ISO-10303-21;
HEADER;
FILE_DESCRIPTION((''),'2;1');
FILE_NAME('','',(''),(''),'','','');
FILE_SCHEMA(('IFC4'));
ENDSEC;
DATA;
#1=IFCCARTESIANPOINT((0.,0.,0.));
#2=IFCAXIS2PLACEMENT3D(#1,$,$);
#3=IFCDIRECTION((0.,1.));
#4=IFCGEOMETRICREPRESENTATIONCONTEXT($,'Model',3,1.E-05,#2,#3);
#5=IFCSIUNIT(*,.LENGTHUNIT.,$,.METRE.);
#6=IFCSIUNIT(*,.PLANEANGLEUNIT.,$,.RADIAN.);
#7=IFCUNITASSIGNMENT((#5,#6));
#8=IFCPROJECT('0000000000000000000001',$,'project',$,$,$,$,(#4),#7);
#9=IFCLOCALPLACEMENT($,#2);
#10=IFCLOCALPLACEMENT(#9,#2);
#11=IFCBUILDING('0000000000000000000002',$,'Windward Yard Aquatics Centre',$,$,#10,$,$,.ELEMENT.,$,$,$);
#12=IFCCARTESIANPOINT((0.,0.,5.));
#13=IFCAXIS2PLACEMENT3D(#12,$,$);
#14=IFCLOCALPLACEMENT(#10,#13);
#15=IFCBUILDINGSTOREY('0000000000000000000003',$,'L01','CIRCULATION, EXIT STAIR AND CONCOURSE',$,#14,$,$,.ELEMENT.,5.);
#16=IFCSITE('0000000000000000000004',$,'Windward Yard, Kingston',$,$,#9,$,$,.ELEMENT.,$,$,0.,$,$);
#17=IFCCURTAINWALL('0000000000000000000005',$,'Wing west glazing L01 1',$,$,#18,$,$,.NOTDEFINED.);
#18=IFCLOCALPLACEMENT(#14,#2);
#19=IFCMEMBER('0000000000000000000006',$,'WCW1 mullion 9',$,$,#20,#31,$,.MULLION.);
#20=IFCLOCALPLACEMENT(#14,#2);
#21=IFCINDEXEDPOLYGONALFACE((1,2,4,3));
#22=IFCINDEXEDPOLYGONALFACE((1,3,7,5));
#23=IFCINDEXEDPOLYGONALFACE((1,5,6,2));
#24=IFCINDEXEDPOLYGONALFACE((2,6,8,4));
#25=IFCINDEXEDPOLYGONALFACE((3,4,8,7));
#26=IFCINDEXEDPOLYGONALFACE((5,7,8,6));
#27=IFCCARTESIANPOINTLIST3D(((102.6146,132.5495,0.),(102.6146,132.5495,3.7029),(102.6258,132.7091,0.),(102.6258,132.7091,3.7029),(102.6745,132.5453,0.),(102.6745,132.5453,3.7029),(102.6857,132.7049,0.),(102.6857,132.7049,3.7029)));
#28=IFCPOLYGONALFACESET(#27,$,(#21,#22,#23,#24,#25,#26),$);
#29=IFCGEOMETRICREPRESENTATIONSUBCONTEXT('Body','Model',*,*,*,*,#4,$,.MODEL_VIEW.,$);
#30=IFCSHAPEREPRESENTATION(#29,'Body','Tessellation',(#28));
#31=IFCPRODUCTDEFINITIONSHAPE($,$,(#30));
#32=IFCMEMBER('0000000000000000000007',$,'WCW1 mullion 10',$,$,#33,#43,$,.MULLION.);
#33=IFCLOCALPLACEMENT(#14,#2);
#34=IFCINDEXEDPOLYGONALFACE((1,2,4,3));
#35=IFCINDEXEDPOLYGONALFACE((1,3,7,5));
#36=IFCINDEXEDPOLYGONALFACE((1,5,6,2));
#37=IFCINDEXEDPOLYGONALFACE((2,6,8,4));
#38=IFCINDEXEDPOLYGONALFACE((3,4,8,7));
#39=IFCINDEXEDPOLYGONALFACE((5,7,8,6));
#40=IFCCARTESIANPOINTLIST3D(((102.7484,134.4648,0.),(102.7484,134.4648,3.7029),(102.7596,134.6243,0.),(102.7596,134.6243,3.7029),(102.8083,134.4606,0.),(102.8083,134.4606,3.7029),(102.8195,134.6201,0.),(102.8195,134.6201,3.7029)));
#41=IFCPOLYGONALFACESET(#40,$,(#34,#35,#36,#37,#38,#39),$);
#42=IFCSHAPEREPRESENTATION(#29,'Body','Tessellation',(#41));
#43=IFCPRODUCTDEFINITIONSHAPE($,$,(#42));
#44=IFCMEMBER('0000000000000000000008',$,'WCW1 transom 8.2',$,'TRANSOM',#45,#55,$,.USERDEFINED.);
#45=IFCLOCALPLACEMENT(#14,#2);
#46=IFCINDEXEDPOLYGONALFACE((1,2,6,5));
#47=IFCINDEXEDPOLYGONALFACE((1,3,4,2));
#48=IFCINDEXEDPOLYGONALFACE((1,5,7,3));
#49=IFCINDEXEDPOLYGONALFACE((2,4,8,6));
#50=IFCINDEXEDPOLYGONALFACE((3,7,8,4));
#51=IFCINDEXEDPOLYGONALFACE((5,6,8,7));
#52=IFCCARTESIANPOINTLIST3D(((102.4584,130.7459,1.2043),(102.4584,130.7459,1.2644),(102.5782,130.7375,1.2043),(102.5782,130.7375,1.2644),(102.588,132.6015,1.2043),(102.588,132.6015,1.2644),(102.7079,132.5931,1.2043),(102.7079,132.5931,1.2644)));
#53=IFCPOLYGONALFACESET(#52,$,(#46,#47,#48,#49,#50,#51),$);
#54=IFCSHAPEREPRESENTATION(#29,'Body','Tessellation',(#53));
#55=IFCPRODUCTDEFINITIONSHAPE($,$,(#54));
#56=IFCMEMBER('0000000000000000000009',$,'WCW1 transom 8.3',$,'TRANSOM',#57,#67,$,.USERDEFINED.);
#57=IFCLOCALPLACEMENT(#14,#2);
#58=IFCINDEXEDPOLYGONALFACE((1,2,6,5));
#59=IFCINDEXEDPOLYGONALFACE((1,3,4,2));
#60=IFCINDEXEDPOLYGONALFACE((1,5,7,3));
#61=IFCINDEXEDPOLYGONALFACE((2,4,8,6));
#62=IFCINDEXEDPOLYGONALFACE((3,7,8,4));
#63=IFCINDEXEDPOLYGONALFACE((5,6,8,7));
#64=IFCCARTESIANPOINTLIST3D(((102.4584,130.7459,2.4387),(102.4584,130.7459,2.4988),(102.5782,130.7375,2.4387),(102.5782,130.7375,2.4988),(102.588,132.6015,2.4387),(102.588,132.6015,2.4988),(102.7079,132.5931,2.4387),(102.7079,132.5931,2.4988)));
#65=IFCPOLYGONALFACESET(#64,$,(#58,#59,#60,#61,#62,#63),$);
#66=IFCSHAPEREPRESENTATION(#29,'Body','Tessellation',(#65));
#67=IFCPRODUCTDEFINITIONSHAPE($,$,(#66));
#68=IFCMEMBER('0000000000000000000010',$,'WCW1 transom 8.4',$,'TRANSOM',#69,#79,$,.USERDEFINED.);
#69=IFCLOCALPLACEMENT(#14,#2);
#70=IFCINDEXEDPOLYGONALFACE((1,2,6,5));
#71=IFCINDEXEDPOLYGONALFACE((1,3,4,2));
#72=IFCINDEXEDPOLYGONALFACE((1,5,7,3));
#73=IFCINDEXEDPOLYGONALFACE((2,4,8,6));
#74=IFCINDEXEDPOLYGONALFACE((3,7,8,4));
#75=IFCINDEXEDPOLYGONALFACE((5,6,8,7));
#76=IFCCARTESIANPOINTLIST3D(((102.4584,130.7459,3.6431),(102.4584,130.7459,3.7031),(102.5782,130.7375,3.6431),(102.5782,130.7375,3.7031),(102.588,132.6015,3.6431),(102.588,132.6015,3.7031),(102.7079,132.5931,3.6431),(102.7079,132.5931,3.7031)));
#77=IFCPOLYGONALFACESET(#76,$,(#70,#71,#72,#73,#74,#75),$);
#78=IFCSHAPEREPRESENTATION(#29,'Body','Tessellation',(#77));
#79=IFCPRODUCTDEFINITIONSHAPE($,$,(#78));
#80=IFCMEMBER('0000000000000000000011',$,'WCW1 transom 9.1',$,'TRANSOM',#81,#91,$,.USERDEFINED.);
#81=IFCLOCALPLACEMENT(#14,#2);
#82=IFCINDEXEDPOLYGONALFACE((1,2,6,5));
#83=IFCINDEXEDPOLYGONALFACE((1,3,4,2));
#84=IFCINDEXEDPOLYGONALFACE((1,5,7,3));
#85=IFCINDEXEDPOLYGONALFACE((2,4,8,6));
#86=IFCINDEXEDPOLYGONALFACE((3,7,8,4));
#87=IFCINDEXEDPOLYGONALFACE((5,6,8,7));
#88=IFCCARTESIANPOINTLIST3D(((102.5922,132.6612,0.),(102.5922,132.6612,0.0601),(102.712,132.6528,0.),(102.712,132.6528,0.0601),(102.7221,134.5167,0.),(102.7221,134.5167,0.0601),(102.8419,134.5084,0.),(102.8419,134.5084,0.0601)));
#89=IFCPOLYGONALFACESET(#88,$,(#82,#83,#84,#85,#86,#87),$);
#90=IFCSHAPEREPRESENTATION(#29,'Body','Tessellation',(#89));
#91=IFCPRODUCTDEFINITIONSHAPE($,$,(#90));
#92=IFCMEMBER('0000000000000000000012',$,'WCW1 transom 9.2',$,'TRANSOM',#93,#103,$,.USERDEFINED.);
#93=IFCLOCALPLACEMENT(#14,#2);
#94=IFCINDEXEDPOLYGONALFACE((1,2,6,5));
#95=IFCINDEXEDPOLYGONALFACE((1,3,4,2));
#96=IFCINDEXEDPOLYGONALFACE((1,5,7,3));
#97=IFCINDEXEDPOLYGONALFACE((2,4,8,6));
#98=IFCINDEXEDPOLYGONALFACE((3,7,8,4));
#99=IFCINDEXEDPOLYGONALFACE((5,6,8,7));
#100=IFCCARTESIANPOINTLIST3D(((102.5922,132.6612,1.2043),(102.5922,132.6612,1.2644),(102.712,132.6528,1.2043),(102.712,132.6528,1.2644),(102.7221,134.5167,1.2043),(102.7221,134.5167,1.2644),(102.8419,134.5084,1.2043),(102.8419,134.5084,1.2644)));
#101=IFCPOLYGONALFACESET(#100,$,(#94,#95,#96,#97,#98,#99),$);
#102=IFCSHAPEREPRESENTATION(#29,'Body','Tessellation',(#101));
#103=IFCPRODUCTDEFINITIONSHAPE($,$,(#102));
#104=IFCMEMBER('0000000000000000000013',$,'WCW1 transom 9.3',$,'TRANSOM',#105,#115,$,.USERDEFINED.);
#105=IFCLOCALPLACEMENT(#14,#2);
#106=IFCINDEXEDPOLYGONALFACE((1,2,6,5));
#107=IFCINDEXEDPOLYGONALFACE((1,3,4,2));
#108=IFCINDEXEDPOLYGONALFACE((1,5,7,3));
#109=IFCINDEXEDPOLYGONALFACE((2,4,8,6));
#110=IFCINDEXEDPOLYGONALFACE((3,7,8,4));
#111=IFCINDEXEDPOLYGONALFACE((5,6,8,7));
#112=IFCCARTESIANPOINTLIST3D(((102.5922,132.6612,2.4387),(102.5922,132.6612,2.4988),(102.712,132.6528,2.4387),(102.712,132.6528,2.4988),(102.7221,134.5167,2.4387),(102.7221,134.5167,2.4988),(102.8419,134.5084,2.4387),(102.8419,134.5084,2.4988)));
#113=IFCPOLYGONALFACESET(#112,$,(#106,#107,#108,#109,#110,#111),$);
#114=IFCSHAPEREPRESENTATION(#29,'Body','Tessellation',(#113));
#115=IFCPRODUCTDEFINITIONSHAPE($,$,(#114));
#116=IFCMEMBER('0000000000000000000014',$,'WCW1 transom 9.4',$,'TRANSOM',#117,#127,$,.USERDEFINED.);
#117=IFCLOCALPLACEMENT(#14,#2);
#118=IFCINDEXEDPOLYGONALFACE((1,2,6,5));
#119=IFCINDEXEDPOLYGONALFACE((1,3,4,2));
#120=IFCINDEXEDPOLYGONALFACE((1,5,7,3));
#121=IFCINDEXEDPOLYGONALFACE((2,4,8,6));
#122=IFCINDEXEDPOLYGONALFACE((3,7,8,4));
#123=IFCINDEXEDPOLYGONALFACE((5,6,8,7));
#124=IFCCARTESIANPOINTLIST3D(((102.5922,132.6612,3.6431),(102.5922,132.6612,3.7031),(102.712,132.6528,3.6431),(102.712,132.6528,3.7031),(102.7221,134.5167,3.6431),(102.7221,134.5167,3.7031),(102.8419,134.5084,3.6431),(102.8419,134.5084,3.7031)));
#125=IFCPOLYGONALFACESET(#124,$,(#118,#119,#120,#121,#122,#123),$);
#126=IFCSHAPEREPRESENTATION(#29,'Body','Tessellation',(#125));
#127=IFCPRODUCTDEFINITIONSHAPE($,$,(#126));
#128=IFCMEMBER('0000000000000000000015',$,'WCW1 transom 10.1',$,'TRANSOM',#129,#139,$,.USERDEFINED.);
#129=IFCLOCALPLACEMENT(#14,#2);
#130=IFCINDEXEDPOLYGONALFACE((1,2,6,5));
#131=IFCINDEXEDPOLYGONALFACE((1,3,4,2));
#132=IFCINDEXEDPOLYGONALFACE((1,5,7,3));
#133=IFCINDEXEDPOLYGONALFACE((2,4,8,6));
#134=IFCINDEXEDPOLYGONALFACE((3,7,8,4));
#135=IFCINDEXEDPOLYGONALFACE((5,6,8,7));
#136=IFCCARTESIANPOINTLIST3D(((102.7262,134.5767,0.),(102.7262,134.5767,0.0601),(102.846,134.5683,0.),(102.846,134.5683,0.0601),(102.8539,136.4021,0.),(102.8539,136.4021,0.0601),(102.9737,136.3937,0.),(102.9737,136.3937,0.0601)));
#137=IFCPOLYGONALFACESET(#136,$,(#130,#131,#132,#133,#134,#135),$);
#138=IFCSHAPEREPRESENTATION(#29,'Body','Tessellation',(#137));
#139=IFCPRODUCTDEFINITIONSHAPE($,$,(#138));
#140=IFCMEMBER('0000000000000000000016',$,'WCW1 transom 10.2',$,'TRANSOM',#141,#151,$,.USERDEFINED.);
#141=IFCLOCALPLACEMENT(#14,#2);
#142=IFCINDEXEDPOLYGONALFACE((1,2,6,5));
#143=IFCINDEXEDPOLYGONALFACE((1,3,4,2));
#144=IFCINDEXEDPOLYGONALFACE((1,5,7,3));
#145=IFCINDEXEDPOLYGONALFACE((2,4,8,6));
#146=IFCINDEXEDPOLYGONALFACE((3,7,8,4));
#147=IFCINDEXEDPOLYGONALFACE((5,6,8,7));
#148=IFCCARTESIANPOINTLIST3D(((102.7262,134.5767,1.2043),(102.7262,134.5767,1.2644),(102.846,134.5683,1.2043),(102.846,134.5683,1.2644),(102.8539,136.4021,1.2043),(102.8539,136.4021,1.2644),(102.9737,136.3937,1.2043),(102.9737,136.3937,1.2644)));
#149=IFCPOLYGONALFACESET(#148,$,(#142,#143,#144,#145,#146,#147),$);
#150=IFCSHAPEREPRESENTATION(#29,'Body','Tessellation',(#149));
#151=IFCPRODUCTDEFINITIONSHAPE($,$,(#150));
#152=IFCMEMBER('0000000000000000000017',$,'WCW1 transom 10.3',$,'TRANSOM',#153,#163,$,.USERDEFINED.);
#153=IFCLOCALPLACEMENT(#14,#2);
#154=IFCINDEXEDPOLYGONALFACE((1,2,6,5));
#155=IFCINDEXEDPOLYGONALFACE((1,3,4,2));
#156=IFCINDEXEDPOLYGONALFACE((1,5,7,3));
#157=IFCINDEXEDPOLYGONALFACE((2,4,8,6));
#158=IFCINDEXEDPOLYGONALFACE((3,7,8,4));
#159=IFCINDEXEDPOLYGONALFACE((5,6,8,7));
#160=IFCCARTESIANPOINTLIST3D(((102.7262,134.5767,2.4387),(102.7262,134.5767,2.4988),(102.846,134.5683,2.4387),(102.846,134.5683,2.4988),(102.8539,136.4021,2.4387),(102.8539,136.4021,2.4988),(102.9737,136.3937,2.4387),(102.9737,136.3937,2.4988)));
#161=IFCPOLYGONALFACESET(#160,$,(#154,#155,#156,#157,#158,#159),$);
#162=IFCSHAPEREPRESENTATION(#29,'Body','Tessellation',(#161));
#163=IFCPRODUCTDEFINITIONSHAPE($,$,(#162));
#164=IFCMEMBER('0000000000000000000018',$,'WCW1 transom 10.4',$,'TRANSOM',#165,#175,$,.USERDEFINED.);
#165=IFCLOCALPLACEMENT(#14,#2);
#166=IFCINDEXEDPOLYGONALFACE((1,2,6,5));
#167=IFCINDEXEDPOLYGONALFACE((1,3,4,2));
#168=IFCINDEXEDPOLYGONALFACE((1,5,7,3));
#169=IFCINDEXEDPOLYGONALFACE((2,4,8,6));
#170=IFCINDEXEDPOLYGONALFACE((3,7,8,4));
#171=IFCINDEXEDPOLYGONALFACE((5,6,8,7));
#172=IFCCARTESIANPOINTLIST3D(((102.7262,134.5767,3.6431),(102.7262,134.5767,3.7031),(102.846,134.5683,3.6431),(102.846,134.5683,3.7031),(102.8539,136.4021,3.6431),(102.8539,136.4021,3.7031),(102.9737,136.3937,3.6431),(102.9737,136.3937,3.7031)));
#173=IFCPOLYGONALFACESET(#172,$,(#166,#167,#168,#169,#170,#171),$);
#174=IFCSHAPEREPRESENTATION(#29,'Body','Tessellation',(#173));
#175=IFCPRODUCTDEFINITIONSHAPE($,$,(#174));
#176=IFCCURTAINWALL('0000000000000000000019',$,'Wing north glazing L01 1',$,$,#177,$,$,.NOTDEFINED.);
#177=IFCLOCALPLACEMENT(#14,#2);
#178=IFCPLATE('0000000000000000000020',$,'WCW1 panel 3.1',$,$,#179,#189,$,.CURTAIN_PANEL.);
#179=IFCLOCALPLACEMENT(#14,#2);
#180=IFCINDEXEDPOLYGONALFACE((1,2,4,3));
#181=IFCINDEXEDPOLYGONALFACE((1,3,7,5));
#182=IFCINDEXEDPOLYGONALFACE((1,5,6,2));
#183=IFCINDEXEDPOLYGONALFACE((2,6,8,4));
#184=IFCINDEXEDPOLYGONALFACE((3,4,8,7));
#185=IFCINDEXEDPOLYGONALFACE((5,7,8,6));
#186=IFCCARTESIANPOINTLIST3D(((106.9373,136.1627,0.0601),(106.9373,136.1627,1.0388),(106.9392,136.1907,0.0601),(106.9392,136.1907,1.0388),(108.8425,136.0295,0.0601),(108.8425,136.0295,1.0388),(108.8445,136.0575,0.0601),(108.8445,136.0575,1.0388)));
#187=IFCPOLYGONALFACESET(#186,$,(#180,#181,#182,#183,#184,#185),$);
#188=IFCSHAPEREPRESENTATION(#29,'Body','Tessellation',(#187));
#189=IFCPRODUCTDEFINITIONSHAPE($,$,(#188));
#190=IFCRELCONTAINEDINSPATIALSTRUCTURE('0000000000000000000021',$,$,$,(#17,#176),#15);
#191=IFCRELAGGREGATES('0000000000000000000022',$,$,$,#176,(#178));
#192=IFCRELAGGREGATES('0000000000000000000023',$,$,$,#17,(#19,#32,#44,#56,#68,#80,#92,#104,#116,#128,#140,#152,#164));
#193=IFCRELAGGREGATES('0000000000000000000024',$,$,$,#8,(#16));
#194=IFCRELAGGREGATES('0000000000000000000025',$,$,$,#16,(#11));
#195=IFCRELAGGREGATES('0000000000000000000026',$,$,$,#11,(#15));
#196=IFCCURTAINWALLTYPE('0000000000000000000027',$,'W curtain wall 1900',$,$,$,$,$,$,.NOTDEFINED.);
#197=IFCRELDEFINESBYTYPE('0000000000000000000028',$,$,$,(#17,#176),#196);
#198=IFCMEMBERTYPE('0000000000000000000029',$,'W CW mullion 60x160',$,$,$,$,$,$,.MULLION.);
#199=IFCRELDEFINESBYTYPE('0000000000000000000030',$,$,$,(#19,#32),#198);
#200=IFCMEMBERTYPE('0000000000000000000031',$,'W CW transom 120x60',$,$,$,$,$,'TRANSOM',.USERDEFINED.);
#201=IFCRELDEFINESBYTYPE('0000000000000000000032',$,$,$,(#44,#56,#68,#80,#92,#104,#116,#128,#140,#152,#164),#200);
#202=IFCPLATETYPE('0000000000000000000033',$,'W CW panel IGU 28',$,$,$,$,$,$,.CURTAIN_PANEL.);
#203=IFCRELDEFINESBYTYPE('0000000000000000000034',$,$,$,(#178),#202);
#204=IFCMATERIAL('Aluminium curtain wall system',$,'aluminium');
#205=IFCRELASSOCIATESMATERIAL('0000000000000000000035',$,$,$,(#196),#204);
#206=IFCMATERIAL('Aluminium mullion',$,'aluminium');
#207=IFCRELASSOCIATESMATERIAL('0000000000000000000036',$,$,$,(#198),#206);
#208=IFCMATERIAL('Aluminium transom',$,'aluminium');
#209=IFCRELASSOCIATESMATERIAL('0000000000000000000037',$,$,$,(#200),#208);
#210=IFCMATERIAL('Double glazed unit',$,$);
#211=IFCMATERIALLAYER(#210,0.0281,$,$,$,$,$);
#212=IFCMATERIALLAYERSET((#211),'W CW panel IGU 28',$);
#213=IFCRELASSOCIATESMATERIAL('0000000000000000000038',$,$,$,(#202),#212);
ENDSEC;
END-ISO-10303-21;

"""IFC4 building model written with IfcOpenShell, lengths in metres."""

from ifc_helpers import new_model, si_unit, direction, frame, origin, origin_2d, place, context, subcontext, project, spatial, rectangle, extrude, material, layer, layer_set, material_profile, profile_set, type_object, element, aggregate, save


model = new_model("IFC4")

# Units and contexts
model_context = context("Model", 3, precision=1e-05, world=origin(), true_north=direction((0.0, 1.0)))
body_context = subcontext(model_context, "Body", "Model", "MODEL_VIEW")
ifc_project = project(units=[si_unit("LENGTHUNIT", "METRE"), si_unit("PLANEANGLEUNIT", "RADIAN")], contexts=[model_context])

# Site, building, storey
site_placement = place(None, origin())
site = spatial("IfcSite", under=ifc_project, at=site_placement, Name="Windward Yard, Kingston", CompositionType="ELEMENT", RefElevation=0.0)
building_placement = place(site_placement, origin())
building = spatial("IfcBuilding", under=site, at=building_placement, Name="Windward Yard Aquatics Centre", CompositionType="ELEMENT")
storey_placement = place(building_placement, frame((0.0, 0.0, 5.0)))
storey = spatial("IfcBuildingStorey", under=building, at=storey_placement, Name="L01", Description="CIRCULATION, EXIT STAIR AND CONCOURSE", CompositionType="ELEMENT", Elevation=5.0)

# Curtain wall, members
ifc_material_1 = material(Name="Aluminium curtain wall system", Category="aluminium")
curtain_wall_type = type_object("IfcCurtainWallType", Name="W curtain wall 1900", PredefinedType="NOTDEFINED", material=ifc_material_1)
curtain_wall_1_placement = place(storey_placement, origin())
curtain_wall_1 = element("IfcCurtainWall", 1, at=curtain_wall_1_placement, inside=storey, type_object=curtain_wall_type, Name="Wing west glazing L01 1", PredefinedType="NOTDEFINED")
ifc_material_2 = material(Name="Aluminium mullion", Category="aluminium")
ifc_material_profile_1 = material_profile(ifc_material_2, rectangle(XDim=0.0601, YDim=0.1599, at=origin_2d()), Name="AL 60x160")
ifc_profile_set_1 = profile_set([ifc_material_profile_1], Name="Aluminium mullion")
member_type_1 = type_object("IfcMemberType", Name="W CW mullion 60x160", PredefinedType="MULLION", material=ifc_profile_set_1)
member_1_placement = place(storey_placement, frame((102.6501, 132.6272, 0.0), z_axis=(0.0, 0.0, 1.0), x_axis=(-0.997564, 0.069755, 0.0)))
member_1 = element("IfcMember", 2, at=member_1_placement, type_object=member_type_1, Name="WCW1 mullion 9", PredefinedType="MULLION", context=body_context, shape_type="SweptSolid", body=[
    extrude(rectangle(XDim=0.0601, YDim=0.1599, at=origin_2d()), origin(), (0.0, 0.0, 1.0), 3.7029),
])
member_2_placement = place(storey_placement, frame((102.7839, 134.5425, 0.0), z_axis=(0.0, 0.0, 1.0), x_axis=(-0.997564, 0.069755, 0.0)))
member_2 = element("IfcMember", 3, at=member_2_placement, type_object=member_type_1, Name="WCW1 mullion 10", PredefinedType="MULLION", context=body_context, shape_type="SweptSolid", body=[
    extrude(rectangle(XDim=0.0601, YDim=0.1599, at=origin_2d()), origin(), (0.0, 0.0, 1.0), 3.7029),
])
ifc_material_3 = material(Name="Aluminium transom", Category="aluminium")
ifc_material_profile_2 = material_profile(ifc_material_3, rectangle(XDim=0.1201, YDim=0.0601, at=origin_2d()), Name="AL 120x60")
ifc_profile_set_2 = profile_set([ifc_material_profile_2], Name="Aluminium transom")
member_type_2 = type_object("IfcMemberType", Name="W CW transom 120x60", ElementType="TRANSOM", PredefinedType="USERDEFINED", material=ifc_profile_set_2)
member_3_placement = place(storey_placement, frame((102.5183, 130.7417, 1.2344), z_axis=(0.069699, 0.997568, 0.0), x_axis=(-0.997568, 0.069699, 0.0)))
member_3 = element("IfcMember", 4, at=member_3_placement, type_object=member_type_2, Name="WCW1 transom 8.2", ObjectType="TRANSOM", PredefinedType="USERDEFINED", context=body_context, shape_type="SweptSolid", body=[
    extrude(rectangle(XDim=0.1201, YDim=0.0601, at=origin_2d()), origin(), (0.0, 0.0, 1.0), 1.8601),
])
member_4_placement = place(storey_placement, frame((102.5183, 130.7417, 2.4688), z_axis=(0.069699, 0.997568, 0.0), x_axis=(-0.997568, 0.069699, 0.0)))
member_4 = element("IfcMember", 5, at=member_4_placement, type_object=member_type_2, Name="WCW1 transom 8.3", ObjectType="TRANSOM", PredefinedType="USERDEFINED", context=body_context, shape_type="SweptSolid", body=[
    extrude(rectangle(XDim=0.1201, YDim=0.0601, at=origin_2d()), origin(), (0.0, 0.0, 1.0), 1.8601),
])
member_5_placement = place(storey_placement, frame((102.5183, 130.7417, 3.6731), z_axis=(0.069699, 0.997568, 0.0), x_axis=(-0.997568, 0.069699, 0.0)))
member_5 = element("IfcMember", 6, at=member_5_placement, type_object=member_type_2, Name="WCW1 transom 8.4", ObjectType="TRANSOM", PredefinedType="USERDEFINED", context=body_context, shape_type="SweptSolid", body=[
    extrude(rectangle(XDim=0.1201, YDim=0.0601, at=origin_2d()), origin(), (0.0, 0.0, 1.0), 1.8601),
])
member_6_placement = place(storey_placement, frame((102.6521, 132.657, 0.03), z_axis=(0.069829, 0.997559, 0.0), x_axis=(-0.997559, 0.069829, 0.0)))
member_6 = element("IfcMember", 7, at=member_6_placement, type_object=member_type_2, Name="WCW1 transom 9.1", ObjectType="TRANSOM", PredefinedType="USERDEFINED", context=body_context, shape_type="SweptSolid", body=[
    extrude(rectangle(XDim=0.1201, YDim=0.0601, at=origin_2d()), origin(), (0.0, 0.0, 1.0), 1.8601),
])
member_7_placement = place(storey_placement, frame((102.6521, 132.657, 1.2344), z_axis=(0.069829, 0.997559, 0.0), x_axis=(-0.997559, 0.069829, 0.0)))
member_7 = element("IfcMember", 8, at=member_7_placement, type_object=member_type_2, Name="WCW1 transom 9.2", ObjectType="TRANSOM", PredefinedType="USERDEFINED", context=body_context, shape_type="SweptSolid", body=[
    extrude(rectangle(XDim=0.1201, YDim=0.0601, at=origin_2d()), origin(), (0.0, 0.0, 1.0), 1.8601),
])
member_8_placement = place(storey_placement, frame((102.6521, 132.657, 2.4688), z_axis=(0.069829, 0.997559, 0.0), x_axis=(-0.997559, 0.069829, 0.0)))
member_8 = element("IfcMember", 9, at=member_8_placement, type_object=member_type_2, Name="WCW1 transom 9.3", ObjectType="TRANSOM", PredefinedType="USERDEFINED", context=body_context, shape_type="SweptSolid", body=[
    extrude(rectangle(XDim=0.1201, YDim=0.0601, at=origin_2d()), origin(), (0.0, 0.0, 1.0), 1.8601),
])
member_9_placement = place(storey_placement, frame((102.6521, 132.657, 3.6731), z_axis=(0.069829, 0.997559, 0.0), x_axis=(-0.997559, 0.069829, 0.0)))
member_9 = element("IfcMember", 10, at=member_9_placement, type_object=member_type_2, Name="WCW1 transom 9.4", ObjectType="TRANSOM", PredefinedType="USERDEFINED", context=body_context, shape_type="SweptSolid", body=[
    extrude(rectangle(XDim=0.1201, YDim=0.0601, at=origin_2d()), origin(), (0.0, 0.0, 1.0), 1.8601),
])
member_10_placement = place(storey_placement, frame((102.7861, 134.5725, 0.03), z_axis=(0.069777, 0.997563, 0.0), x_axis=(-0.997563, 0.069777, 0.0)))
member_10 = element("IfcMember", 11, at=member_10_placement, type_object=member_type_2, Name="WCW1 transom 10.1", ObjectType="TRANSOM", PredefinedType="USERDEFINED", context=body_context, shape_type="SweptSolid", body=[
    extrude(rectangle(XDim=0.1201, YDim=0.0601, at=origin_2d()), origin(), (0.0, 0.0, 1.0), 1.8298),
])
member_11_placement = place(storey_placement, frame((102.7861, 134.5725, 1.2344), z_axis=(0.069777, 0.997563, 0.0), x_axis=(-0.997563, 0.069777, 0.0)))
member_11 = element("IfcMember", 12, at=member_11_placement, type_object=member_type_2, Name="WCW1 transom 10.2", ObjectType="TRANSOM", PredefinedType="USERDEFINED", context=body_context, shape_type="SweptSolid", body=[
    extrude(rectangle(XDim=0.1201, YDim=0.0601, at=origin_2d()), origin(), (0.0, 0.0, 1.0), 1.8298),
])
member_12_placement = place(storey_placement, frame((102.7861, 134.5725, 2.4688), z_axis=(0.069777, 0.997563, 0.0), x_axis=(-0.997563, 0.069777, 0.0)))
member_12 = element("IfcMember", 13, at=member_12_placement, type_object=member_type_2, Name="WCW1 transom 10.3", ObjectType="TRANSOM", PredefinedType="USERDEFINED", context=body_context, shape_type="SweptSolid", body=[
    extrude(rectangle(XDim=0.1201, YDim=0.0601, at=origin_2d()), origin(), (0.0, 0.0, 1.0), 1.8298),
])
member_13_placement = place(storey_placement, frame((102.7861, 134.5725, 3.6731), z_axis=(0.069777, 0.997563, 0.0), x_axis=(-0.997563, 0.069777, 0.0)))
member_13 = element("IfcMember", 14, at=member_13_placement, type_object=member_type_2, Name="WCW1 transom 10.4", ObjectType="TRANSOM", PredefinedType="USERDEFINED", context=body_context, shape_type="SweptSolid", body=[
    extrude(rectangle(XDim=0.1201, YDim=0.0601, at=origin_2d()), origin(), (0.0, 0.0, 1.0), 1.8298),
])

# Curtain wall, plate
curtain_wall_2_placement = place(storey_placement, origin())
curtain_wall_2 = element("IfcCurtainWall", 15, at=curtain_wall_2_placement, inside=storey, type_object=curtain_wall_type, Name="Wing north glazing L01 1", PredefinedType="NOTDEFINED")
ifc_material_4 = material(Name="Double glazed unit")
ifc_layer = layer(ifc_material_4, 0.0281)
ifc_layer_set = layer_set([ifc_layer], Name="W CW panel IGU 28")
plate_type = type_object("IfcPlateType", Name="W CW panel IGU 28", PredefinedType="CURTAIN_PANEL", material=ifc_layer_set)
plate_1_placement = place(storey_placement, frame((107.8909, 136.1101, 0.0601), z_axis=(0.0, 0.0, 1.0), x_axis=(0.997565, -0.06975, 0.0)))
plate_1 = element("IfcPlate", 16, at=plate_1_placement, type_object=plate_type, Name="WCW1 panel 3.1", PredefinedType="CURTAIN_PANEL", context=body_context, shape_type="SweptSolid", body=[
    extrude(rectangle(XDim=1.9099, YDim=0.0281, at=origin_2d()), origin(), (0.0, 0.0, 1.0), 0.9788),
])
aggregate(curtain_wall_2, [plate_1])

aggregate(curtain_wall_1, [member_1, member_2, member_3, member_4, member_5, member_6, member_7, member_8, member_9, member_10, member_11, member_12, member_13])

save(model, "model.ifc")
